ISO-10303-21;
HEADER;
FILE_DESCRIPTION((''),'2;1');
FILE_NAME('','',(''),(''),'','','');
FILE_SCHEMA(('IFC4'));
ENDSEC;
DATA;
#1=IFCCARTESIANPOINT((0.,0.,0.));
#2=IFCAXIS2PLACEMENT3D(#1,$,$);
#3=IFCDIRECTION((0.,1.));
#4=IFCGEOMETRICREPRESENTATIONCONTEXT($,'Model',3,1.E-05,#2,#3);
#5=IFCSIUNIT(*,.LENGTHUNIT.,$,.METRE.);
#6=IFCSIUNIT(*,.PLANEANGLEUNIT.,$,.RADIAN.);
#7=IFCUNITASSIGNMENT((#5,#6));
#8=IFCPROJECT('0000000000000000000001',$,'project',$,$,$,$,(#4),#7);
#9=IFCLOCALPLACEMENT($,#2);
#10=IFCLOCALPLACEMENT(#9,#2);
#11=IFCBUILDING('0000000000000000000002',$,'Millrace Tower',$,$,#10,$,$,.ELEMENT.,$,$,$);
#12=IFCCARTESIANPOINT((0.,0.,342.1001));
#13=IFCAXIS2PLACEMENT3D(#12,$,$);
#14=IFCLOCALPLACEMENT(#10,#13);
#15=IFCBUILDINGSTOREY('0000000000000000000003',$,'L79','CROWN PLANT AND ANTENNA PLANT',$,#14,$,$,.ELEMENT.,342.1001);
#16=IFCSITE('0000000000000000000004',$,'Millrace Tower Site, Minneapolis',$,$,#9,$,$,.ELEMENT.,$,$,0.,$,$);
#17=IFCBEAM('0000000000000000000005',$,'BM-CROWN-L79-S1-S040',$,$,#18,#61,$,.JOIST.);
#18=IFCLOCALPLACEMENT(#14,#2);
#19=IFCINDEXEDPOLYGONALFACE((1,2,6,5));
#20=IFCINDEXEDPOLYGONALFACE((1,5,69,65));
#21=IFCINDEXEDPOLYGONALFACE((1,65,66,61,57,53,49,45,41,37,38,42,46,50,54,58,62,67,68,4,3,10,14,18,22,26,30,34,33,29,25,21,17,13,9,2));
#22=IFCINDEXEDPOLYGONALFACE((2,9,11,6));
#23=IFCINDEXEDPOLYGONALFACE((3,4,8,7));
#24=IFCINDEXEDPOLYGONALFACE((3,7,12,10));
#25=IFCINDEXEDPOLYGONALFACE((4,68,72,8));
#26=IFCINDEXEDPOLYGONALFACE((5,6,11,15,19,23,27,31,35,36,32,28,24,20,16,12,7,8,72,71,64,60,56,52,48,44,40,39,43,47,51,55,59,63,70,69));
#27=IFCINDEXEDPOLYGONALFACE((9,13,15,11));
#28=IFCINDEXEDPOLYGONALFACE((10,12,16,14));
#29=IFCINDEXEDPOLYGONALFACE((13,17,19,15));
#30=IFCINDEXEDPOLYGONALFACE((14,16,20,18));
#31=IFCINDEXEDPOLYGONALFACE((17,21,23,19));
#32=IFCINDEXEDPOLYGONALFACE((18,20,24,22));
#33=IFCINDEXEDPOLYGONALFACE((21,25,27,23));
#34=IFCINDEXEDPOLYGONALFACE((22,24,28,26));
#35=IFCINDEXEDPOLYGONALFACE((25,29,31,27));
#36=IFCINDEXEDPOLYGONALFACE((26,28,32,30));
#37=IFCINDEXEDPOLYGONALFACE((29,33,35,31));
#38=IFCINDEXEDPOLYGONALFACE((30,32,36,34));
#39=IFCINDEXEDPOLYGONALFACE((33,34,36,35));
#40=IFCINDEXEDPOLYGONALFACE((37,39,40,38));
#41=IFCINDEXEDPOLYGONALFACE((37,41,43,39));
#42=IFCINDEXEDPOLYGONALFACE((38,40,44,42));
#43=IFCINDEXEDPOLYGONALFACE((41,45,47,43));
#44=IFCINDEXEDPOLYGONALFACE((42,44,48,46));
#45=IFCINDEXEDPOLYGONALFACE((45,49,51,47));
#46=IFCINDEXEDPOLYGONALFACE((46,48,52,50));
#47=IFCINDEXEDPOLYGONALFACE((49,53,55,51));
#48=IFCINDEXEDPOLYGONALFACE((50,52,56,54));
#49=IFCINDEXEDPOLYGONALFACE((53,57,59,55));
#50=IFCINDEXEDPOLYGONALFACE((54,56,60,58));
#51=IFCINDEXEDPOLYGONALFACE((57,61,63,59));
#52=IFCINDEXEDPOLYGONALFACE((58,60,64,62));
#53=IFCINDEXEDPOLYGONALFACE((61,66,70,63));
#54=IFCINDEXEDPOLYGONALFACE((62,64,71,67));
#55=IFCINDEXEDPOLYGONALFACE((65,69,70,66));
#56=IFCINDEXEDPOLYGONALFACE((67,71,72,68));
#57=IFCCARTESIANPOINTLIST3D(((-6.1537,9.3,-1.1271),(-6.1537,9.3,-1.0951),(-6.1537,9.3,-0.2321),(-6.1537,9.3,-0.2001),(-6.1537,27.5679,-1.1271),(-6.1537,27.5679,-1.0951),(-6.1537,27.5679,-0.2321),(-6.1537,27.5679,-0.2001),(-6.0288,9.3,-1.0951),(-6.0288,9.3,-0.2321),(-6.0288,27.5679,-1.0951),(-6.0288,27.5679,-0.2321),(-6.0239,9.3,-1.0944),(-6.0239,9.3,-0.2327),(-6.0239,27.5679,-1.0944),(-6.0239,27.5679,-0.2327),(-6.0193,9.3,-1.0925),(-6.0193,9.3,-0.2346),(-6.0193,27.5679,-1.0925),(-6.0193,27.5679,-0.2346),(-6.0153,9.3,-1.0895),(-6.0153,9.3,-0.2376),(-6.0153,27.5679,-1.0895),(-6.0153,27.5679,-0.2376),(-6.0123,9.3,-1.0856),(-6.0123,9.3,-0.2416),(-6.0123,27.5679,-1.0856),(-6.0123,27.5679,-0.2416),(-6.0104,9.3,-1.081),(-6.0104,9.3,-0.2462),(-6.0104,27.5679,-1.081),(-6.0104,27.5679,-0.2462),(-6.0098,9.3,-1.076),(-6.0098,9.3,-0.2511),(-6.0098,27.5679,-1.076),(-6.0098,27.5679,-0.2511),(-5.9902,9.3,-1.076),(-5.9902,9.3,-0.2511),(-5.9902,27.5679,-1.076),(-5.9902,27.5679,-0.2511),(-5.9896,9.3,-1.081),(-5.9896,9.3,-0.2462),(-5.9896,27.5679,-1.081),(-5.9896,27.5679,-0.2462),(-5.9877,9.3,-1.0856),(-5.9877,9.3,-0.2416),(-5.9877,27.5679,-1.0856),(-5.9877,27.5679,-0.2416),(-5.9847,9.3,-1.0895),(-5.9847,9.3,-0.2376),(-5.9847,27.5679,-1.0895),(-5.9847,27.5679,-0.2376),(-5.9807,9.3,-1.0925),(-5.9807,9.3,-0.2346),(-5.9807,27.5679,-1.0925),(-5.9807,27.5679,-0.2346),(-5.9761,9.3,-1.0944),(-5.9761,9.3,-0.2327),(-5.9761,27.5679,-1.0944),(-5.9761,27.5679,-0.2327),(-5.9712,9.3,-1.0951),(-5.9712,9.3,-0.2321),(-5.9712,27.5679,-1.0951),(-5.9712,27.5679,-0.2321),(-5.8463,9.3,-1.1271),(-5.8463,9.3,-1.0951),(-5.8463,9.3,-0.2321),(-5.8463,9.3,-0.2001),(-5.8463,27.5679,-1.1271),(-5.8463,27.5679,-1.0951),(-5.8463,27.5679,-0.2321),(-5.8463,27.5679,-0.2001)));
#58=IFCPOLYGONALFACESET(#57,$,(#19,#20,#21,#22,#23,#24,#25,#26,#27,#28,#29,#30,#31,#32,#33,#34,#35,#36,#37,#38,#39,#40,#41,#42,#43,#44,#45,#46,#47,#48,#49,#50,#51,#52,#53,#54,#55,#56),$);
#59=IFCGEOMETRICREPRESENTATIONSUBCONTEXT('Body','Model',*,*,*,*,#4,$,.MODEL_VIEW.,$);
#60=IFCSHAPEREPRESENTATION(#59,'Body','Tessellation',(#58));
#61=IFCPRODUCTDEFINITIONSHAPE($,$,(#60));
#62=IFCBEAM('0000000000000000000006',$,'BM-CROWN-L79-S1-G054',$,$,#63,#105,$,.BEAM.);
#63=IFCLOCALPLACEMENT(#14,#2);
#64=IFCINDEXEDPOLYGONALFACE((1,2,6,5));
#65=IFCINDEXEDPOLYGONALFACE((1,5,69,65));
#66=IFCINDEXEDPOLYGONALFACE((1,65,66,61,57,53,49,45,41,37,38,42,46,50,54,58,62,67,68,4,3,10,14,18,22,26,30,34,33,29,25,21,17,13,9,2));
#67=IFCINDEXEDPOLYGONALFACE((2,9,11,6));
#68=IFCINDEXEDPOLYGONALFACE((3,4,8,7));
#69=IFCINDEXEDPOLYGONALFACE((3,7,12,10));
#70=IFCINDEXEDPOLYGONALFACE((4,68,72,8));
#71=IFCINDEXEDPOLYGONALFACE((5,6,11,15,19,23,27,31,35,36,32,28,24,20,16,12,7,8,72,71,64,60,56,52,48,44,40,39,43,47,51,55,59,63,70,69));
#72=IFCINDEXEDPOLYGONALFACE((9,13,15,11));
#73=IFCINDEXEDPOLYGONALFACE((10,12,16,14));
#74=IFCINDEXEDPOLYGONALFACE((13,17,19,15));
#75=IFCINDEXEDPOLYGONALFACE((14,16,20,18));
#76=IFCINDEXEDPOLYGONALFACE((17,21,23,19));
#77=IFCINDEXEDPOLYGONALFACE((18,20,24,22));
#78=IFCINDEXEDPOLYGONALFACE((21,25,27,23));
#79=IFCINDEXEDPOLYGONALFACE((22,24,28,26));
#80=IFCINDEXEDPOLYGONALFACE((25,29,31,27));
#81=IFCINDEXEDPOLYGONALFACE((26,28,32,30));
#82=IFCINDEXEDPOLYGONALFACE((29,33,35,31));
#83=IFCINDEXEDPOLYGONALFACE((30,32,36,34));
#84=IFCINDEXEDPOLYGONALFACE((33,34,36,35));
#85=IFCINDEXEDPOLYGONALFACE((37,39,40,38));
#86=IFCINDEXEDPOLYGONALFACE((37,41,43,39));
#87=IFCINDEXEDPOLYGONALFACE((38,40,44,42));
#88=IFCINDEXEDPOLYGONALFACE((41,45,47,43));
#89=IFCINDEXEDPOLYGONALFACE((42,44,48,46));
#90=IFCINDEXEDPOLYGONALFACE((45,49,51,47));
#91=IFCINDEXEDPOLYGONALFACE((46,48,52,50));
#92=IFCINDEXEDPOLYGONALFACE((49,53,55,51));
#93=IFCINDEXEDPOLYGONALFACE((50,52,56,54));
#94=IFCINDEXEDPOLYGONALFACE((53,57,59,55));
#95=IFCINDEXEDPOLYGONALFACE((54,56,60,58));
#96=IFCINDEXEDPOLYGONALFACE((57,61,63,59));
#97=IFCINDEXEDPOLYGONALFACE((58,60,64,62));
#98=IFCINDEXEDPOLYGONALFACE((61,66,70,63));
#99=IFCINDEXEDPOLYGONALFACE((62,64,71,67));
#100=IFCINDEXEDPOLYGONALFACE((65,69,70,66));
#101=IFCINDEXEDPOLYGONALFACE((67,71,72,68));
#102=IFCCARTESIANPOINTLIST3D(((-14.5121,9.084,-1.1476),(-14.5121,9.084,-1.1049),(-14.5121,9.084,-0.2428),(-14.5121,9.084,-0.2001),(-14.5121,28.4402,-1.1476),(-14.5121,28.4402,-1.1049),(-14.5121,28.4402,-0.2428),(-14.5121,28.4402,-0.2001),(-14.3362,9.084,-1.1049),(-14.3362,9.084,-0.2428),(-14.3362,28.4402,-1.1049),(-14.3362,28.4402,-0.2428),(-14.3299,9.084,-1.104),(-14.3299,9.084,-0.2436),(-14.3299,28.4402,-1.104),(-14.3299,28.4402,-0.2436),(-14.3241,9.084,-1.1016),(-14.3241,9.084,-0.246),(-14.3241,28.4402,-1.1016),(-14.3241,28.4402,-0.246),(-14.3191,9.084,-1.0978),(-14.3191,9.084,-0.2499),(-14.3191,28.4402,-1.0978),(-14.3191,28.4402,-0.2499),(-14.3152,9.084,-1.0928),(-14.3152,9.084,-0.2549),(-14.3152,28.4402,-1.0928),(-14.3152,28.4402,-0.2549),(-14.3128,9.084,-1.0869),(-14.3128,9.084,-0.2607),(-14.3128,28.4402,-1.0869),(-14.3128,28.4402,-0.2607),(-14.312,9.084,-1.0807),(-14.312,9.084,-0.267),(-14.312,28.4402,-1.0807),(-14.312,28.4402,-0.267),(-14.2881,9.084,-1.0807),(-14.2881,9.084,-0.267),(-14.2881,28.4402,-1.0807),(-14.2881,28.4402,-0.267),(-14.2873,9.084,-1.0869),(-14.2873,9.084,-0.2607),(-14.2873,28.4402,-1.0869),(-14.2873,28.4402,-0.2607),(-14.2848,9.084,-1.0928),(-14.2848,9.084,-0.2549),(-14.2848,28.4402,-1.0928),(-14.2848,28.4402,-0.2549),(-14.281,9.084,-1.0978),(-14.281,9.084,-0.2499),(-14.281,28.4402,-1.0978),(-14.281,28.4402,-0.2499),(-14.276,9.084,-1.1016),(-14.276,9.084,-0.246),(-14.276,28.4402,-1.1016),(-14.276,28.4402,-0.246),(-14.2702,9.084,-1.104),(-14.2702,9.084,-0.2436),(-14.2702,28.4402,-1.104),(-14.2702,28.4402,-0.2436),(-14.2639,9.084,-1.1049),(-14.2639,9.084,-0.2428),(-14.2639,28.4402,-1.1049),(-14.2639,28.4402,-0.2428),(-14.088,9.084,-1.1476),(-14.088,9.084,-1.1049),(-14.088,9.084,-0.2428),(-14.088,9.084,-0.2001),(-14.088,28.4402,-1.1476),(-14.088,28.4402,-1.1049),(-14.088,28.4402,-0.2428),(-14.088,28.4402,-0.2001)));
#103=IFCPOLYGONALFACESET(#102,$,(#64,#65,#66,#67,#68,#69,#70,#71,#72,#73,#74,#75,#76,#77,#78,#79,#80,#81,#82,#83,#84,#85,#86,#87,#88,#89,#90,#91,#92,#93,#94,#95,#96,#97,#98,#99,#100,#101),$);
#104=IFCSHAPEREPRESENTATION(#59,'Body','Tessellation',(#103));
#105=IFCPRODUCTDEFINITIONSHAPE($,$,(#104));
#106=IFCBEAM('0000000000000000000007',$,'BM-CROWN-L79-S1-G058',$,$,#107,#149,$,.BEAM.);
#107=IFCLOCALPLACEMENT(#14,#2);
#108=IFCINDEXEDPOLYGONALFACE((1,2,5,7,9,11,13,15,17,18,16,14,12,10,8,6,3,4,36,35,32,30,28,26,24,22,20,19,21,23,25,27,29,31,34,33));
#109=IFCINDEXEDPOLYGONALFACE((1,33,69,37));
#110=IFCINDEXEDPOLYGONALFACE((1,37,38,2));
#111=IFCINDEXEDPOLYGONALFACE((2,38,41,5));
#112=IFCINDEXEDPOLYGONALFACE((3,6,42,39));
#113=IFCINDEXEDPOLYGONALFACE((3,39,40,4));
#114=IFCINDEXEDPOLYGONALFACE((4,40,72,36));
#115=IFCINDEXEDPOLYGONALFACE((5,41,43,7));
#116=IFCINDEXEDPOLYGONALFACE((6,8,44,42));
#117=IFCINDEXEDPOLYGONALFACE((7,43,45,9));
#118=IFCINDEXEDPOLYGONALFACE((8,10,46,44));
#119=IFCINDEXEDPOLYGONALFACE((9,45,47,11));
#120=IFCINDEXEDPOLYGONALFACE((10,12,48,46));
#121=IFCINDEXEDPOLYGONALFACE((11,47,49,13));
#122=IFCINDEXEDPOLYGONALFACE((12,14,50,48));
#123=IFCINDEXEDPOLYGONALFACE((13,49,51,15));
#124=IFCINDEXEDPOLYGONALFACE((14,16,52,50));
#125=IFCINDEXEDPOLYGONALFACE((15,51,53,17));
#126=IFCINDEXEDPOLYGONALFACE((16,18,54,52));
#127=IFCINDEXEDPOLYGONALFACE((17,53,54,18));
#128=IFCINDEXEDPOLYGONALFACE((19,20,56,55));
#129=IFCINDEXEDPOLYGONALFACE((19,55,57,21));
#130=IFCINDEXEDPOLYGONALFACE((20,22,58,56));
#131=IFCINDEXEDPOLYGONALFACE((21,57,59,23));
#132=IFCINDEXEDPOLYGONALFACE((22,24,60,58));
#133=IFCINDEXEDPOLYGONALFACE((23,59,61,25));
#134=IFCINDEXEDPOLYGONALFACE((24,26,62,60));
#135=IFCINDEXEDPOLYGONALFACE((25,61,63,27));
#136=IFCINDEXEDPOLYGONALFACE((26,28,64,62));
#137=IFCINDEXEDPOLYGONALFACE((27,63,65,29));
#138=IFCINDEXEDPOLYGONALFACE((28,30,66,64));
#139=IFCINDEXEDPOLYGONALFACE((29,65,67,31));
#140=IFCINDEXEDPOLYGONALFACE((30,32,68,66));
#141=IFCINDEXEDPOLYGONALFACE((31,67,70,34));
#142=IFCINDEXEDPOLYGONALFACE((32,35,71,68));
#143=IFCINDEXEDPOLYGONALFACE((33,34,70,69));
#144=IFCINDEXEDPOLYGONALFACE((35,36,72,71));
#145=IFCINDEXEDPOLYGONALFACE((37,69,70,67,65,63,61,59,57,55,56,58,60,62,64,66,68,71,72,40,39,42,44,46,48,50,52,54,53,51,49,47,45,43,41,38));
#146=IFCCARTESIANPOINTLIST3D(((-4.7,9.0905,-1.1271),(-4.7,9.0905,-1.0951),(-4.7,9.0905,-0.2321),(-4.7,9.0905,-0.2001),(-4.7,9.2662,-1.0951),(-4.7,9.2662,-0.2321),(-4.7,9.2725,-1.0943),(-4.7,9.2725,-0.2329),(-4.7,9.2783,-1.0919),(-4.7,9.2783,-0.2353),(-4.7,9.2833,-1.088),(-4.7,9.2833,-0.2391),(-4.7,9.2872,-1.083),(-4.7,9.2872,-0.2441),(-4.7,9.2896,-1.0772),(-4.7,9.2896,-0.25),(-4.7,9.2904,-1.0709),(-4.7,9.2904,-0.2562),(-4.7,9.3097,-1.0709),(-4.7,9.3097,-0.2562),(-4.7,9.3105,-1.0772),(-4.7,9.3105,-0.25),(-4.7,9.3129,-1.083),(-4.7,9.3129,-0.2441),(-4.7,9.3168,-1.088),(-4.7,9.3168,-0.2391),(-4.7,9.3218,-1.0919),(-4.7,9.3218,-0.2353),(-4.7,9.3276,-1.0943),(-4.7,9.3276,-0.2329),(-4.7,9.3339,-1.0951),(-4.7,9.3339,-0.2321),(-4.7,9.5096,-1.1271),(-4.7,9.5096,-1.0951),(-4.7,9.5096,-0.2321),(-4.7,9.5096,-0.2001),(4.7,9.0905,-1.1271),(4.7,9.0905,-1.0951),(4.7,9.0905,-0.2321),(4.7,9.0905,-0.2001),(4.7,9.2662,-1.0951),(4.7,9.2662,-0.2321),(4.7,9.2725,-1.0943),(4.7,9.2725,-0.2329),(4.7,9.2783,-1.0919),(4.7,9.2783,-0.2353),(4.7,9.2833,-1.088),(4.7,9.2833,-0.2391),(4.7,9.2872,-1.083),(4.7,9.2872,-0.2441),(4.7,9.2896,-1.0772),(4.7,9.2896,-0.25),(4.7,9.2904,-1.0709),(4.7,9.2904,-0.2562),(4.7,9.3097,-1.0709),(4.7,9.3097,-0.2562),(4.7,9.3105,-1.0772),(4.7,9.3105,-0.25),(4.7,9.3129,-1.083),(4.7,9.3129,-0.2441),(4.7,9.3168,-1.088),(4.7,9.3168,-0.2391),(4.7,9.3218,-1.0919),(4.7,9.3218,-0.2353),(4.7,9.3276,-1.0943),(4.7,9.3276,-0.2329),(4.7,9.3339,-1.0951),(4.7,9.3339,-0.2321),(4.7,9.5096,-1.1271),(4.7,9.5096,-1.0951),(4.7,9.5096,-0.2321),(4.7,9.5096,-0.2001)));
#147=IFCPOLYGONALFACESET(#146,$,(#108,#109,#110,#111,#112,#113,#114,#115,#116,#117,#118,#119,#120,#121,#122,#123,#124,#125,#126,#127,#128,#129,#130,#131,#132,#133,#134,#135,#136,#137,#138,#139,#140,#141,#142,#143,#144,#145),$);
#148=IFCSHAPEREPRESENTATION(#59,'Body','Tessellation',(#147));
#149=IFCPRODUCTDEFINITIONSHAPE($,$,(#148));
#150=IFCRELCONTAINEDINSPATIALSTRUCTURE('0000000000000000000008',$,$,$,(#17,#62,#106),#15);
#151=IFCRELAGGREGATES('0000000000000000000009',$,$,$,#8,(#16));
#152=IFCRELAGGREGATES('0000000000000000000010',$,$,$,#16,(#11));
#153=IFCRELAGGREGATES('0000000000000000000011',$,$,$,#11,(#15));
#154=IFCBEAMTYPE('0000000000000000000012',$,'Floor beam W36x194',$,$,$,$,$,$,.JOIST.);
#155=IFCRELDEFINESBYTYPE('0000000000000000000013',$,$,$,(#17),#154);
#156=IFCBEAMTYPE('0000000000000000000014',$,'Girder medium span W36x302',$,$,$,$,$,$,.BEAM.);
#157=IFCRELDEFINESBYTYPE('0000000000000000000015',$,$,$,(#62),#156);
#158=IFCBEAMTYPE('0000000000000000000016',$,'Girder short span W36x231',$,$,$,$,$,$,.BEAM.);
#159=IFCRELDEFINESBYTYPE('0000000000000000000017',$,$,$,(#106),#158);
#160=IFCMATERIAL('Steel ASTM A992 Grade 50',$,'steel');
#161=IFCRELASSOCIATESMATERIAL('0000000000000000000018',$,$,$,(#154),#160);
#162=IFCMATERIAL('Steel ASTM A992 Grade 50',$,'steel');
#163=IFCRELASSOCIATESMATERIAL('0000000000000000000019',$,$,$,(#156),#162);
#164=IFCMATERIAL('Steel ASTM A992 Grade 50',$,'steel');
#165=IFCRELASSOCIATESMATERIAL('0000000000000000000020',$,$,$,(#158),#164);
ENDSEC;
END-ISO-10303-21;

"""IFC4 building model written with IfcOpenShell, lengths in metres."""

from ifc_helpers import new_model, si_unit, direction, frame, origin, origin_2d, place, context, subcontext, project, spatial, i_section, extrude, material, material_profile, profile_set, type_object, element, save


model = new_model("IFC4")

# Units and contexts
model_context = context("Model", 3, precision=1e-05, world=origin(), true_north=direction((0.0, 1.0)))
body_context = subcontext(model_context, "Body", "Model", "MODEL_VIEW")
ifc_project = project(units=[si_unit("LENGTHUNIT", "METRE"), si_unit("PLANEANGLEUNIT", "RADIAN")], contexts=[model_context])

# Site, building, storey
site_placement = place(None, origin())
site = spatial("IfcSite", under=ifc_project, at=site_placement, Name="Millrace Tower Site, Minneapolis", CompositionType="ELEMENT", RefElevation=0.0)
building_placement = place(site_placement, origin())
building = spatial("IfcBuilding", under=site, at=building_placement, Name="Millrace Tower", CompositionType="ELEMENT")
storey_placement = place(building_placement, frame((0.0, 0.0, 342.1001)))
storey = spatial("IfcBuildingStorey", under=building, at=storey_placement, Name="L79", Description="CROWN PLANT AND ANTENNA PLANT", CompositionType="ELEMENT", Elevation=342.1001)

# Beams
ifc_material_1 = material(Name="Steel ASTM A992 Grade 50", Category="steel")
ifc_material_profile_1 = material_profile(ifc_material_1, i_section(OverallWidth=0.3074, OverallDepth=0.927, WebThickness=0.0195, FlangeThickness=0.032, FilletRadius=0.019, at=origin_2d()))
ifc_profile_set_1 = profile_set([ifc_material_profile_1], Name="Steel ASTM A992 Grade 50")
beam_type_1 = type_object("IfcBeamType", Name="Floor beam W36x194", PredefinedType="JOIST", material=ifc_profile_set_1)
beam_1_placement = place(storey_placement, frame((-6.0, 9.3, -0.6636), z_axis=(0.0, 1.0, 0.0), x_axis=(-1.0, 0.0, 0.0)))
element("IfcBeam", 1, at=beam_1_placement, inside=storey, type_object=beam_type_1, Name="BM-CROWN-L79-S1-S040", PredefinedType="JOIST", context=body_context, shape_type="SweptSolid", body=[
    extrude(i_section(OverallWidth=0.3074, OverallDepth=0.927, WebThickness=0.0195, FlangeThickness=0.032, FilletRadius=0.019, at=origin_2d()), origin(), (0.0, 0.0, 1.0), 18.2678),
])
ifc_material_2 = material(Name="Steel ASTM A992 Grade 50", Category="steel")
ifc_material_profile_2 = material_profile(ifc_material_2, i_section(OverallWidth=0.4241, OverallDepth=0.9475, WebThickness=0.0239, FlangeThickness=0.0427, FilletRadius=0.0242, at=origin_2d()))
ifc_profile_set_2 = profile_set([ifc_material_profile_2], Name="Steel ASTM A992 Grade 50")
beam_type_2 = type_object("IfcBeamType", Name="Girder medium span W36x302", PredefinedType="BEAM", material=ifc_profile_set_2)
beam_2_placement = place(storey_placement, frame((-14.3, 9.084, -0.6738), z_axis=(0.0, 1.0, 0.0), x_axis=(-1.0, 0.0, 0.0)))
element("IfcBeam", 2, at=beam_2_placement, inside=storey, type_object=beam_type_2, Name="BM-CROWN-L79-S1-G054", PredefinedType="BEAM", context=body_context, shape_type="SweptSolid", body=[
    extrude(i_section(OverallWidth=0.4241, OverallDepth=0.9475, WebThickness=0.0239, FlangeThickness=0.0427, FilletRadius=0.0242, at=origin_2d()), origin(), (0.0, 0.0, 1.0), 19.3562),
])
ifc_material_3 = material(Name="Steel ASTM A992 Grade 50", Category="steel")
ifc_material_profile_3 = material_profile(ifc_material_3, i_section(OverallWidth=0.4192, OverallDepth=0.927, WebThickness=0.0193, FlangeThickness=0.032, FilletRadius=0.0242, at=origin_2d()))
ifc_profile_set_3 = profile_set([ifc_material_profile_3], Name="Steel ASTM A992 Grade 50")
beam_type_3 = type_object("IfcBeamType", Name="Girder short span W36x231", PredefinedType="BEAM", material=ifc_profile_set_3)
beam_3_placement = place(storey_placement, frame((-4.7, 9.3, -0.6636), z_axis=(1.0, 0.0, 0.0), x_axis=(0.0, 1.0, 0.0)))
element("IfcBeam", 3, at=beam_3_placement, inside=storey, type_object=beam_type_3, Name="BM-CROWN-L79-S1-G058", PredefinedType="BEAM", context=body_context, shape_type="SweptSolid", body=[
    extrude(i_section(OverallWidth=0.4192, OverallDepth=0.927, WebThickness=0.0193, FlangeThickness=0.032, FilletRadius=0.0242, at=origin_2d()), origin(), (0.0, 0.0, 1.0), 9.3999),
])

save(model, "model.ifc")
